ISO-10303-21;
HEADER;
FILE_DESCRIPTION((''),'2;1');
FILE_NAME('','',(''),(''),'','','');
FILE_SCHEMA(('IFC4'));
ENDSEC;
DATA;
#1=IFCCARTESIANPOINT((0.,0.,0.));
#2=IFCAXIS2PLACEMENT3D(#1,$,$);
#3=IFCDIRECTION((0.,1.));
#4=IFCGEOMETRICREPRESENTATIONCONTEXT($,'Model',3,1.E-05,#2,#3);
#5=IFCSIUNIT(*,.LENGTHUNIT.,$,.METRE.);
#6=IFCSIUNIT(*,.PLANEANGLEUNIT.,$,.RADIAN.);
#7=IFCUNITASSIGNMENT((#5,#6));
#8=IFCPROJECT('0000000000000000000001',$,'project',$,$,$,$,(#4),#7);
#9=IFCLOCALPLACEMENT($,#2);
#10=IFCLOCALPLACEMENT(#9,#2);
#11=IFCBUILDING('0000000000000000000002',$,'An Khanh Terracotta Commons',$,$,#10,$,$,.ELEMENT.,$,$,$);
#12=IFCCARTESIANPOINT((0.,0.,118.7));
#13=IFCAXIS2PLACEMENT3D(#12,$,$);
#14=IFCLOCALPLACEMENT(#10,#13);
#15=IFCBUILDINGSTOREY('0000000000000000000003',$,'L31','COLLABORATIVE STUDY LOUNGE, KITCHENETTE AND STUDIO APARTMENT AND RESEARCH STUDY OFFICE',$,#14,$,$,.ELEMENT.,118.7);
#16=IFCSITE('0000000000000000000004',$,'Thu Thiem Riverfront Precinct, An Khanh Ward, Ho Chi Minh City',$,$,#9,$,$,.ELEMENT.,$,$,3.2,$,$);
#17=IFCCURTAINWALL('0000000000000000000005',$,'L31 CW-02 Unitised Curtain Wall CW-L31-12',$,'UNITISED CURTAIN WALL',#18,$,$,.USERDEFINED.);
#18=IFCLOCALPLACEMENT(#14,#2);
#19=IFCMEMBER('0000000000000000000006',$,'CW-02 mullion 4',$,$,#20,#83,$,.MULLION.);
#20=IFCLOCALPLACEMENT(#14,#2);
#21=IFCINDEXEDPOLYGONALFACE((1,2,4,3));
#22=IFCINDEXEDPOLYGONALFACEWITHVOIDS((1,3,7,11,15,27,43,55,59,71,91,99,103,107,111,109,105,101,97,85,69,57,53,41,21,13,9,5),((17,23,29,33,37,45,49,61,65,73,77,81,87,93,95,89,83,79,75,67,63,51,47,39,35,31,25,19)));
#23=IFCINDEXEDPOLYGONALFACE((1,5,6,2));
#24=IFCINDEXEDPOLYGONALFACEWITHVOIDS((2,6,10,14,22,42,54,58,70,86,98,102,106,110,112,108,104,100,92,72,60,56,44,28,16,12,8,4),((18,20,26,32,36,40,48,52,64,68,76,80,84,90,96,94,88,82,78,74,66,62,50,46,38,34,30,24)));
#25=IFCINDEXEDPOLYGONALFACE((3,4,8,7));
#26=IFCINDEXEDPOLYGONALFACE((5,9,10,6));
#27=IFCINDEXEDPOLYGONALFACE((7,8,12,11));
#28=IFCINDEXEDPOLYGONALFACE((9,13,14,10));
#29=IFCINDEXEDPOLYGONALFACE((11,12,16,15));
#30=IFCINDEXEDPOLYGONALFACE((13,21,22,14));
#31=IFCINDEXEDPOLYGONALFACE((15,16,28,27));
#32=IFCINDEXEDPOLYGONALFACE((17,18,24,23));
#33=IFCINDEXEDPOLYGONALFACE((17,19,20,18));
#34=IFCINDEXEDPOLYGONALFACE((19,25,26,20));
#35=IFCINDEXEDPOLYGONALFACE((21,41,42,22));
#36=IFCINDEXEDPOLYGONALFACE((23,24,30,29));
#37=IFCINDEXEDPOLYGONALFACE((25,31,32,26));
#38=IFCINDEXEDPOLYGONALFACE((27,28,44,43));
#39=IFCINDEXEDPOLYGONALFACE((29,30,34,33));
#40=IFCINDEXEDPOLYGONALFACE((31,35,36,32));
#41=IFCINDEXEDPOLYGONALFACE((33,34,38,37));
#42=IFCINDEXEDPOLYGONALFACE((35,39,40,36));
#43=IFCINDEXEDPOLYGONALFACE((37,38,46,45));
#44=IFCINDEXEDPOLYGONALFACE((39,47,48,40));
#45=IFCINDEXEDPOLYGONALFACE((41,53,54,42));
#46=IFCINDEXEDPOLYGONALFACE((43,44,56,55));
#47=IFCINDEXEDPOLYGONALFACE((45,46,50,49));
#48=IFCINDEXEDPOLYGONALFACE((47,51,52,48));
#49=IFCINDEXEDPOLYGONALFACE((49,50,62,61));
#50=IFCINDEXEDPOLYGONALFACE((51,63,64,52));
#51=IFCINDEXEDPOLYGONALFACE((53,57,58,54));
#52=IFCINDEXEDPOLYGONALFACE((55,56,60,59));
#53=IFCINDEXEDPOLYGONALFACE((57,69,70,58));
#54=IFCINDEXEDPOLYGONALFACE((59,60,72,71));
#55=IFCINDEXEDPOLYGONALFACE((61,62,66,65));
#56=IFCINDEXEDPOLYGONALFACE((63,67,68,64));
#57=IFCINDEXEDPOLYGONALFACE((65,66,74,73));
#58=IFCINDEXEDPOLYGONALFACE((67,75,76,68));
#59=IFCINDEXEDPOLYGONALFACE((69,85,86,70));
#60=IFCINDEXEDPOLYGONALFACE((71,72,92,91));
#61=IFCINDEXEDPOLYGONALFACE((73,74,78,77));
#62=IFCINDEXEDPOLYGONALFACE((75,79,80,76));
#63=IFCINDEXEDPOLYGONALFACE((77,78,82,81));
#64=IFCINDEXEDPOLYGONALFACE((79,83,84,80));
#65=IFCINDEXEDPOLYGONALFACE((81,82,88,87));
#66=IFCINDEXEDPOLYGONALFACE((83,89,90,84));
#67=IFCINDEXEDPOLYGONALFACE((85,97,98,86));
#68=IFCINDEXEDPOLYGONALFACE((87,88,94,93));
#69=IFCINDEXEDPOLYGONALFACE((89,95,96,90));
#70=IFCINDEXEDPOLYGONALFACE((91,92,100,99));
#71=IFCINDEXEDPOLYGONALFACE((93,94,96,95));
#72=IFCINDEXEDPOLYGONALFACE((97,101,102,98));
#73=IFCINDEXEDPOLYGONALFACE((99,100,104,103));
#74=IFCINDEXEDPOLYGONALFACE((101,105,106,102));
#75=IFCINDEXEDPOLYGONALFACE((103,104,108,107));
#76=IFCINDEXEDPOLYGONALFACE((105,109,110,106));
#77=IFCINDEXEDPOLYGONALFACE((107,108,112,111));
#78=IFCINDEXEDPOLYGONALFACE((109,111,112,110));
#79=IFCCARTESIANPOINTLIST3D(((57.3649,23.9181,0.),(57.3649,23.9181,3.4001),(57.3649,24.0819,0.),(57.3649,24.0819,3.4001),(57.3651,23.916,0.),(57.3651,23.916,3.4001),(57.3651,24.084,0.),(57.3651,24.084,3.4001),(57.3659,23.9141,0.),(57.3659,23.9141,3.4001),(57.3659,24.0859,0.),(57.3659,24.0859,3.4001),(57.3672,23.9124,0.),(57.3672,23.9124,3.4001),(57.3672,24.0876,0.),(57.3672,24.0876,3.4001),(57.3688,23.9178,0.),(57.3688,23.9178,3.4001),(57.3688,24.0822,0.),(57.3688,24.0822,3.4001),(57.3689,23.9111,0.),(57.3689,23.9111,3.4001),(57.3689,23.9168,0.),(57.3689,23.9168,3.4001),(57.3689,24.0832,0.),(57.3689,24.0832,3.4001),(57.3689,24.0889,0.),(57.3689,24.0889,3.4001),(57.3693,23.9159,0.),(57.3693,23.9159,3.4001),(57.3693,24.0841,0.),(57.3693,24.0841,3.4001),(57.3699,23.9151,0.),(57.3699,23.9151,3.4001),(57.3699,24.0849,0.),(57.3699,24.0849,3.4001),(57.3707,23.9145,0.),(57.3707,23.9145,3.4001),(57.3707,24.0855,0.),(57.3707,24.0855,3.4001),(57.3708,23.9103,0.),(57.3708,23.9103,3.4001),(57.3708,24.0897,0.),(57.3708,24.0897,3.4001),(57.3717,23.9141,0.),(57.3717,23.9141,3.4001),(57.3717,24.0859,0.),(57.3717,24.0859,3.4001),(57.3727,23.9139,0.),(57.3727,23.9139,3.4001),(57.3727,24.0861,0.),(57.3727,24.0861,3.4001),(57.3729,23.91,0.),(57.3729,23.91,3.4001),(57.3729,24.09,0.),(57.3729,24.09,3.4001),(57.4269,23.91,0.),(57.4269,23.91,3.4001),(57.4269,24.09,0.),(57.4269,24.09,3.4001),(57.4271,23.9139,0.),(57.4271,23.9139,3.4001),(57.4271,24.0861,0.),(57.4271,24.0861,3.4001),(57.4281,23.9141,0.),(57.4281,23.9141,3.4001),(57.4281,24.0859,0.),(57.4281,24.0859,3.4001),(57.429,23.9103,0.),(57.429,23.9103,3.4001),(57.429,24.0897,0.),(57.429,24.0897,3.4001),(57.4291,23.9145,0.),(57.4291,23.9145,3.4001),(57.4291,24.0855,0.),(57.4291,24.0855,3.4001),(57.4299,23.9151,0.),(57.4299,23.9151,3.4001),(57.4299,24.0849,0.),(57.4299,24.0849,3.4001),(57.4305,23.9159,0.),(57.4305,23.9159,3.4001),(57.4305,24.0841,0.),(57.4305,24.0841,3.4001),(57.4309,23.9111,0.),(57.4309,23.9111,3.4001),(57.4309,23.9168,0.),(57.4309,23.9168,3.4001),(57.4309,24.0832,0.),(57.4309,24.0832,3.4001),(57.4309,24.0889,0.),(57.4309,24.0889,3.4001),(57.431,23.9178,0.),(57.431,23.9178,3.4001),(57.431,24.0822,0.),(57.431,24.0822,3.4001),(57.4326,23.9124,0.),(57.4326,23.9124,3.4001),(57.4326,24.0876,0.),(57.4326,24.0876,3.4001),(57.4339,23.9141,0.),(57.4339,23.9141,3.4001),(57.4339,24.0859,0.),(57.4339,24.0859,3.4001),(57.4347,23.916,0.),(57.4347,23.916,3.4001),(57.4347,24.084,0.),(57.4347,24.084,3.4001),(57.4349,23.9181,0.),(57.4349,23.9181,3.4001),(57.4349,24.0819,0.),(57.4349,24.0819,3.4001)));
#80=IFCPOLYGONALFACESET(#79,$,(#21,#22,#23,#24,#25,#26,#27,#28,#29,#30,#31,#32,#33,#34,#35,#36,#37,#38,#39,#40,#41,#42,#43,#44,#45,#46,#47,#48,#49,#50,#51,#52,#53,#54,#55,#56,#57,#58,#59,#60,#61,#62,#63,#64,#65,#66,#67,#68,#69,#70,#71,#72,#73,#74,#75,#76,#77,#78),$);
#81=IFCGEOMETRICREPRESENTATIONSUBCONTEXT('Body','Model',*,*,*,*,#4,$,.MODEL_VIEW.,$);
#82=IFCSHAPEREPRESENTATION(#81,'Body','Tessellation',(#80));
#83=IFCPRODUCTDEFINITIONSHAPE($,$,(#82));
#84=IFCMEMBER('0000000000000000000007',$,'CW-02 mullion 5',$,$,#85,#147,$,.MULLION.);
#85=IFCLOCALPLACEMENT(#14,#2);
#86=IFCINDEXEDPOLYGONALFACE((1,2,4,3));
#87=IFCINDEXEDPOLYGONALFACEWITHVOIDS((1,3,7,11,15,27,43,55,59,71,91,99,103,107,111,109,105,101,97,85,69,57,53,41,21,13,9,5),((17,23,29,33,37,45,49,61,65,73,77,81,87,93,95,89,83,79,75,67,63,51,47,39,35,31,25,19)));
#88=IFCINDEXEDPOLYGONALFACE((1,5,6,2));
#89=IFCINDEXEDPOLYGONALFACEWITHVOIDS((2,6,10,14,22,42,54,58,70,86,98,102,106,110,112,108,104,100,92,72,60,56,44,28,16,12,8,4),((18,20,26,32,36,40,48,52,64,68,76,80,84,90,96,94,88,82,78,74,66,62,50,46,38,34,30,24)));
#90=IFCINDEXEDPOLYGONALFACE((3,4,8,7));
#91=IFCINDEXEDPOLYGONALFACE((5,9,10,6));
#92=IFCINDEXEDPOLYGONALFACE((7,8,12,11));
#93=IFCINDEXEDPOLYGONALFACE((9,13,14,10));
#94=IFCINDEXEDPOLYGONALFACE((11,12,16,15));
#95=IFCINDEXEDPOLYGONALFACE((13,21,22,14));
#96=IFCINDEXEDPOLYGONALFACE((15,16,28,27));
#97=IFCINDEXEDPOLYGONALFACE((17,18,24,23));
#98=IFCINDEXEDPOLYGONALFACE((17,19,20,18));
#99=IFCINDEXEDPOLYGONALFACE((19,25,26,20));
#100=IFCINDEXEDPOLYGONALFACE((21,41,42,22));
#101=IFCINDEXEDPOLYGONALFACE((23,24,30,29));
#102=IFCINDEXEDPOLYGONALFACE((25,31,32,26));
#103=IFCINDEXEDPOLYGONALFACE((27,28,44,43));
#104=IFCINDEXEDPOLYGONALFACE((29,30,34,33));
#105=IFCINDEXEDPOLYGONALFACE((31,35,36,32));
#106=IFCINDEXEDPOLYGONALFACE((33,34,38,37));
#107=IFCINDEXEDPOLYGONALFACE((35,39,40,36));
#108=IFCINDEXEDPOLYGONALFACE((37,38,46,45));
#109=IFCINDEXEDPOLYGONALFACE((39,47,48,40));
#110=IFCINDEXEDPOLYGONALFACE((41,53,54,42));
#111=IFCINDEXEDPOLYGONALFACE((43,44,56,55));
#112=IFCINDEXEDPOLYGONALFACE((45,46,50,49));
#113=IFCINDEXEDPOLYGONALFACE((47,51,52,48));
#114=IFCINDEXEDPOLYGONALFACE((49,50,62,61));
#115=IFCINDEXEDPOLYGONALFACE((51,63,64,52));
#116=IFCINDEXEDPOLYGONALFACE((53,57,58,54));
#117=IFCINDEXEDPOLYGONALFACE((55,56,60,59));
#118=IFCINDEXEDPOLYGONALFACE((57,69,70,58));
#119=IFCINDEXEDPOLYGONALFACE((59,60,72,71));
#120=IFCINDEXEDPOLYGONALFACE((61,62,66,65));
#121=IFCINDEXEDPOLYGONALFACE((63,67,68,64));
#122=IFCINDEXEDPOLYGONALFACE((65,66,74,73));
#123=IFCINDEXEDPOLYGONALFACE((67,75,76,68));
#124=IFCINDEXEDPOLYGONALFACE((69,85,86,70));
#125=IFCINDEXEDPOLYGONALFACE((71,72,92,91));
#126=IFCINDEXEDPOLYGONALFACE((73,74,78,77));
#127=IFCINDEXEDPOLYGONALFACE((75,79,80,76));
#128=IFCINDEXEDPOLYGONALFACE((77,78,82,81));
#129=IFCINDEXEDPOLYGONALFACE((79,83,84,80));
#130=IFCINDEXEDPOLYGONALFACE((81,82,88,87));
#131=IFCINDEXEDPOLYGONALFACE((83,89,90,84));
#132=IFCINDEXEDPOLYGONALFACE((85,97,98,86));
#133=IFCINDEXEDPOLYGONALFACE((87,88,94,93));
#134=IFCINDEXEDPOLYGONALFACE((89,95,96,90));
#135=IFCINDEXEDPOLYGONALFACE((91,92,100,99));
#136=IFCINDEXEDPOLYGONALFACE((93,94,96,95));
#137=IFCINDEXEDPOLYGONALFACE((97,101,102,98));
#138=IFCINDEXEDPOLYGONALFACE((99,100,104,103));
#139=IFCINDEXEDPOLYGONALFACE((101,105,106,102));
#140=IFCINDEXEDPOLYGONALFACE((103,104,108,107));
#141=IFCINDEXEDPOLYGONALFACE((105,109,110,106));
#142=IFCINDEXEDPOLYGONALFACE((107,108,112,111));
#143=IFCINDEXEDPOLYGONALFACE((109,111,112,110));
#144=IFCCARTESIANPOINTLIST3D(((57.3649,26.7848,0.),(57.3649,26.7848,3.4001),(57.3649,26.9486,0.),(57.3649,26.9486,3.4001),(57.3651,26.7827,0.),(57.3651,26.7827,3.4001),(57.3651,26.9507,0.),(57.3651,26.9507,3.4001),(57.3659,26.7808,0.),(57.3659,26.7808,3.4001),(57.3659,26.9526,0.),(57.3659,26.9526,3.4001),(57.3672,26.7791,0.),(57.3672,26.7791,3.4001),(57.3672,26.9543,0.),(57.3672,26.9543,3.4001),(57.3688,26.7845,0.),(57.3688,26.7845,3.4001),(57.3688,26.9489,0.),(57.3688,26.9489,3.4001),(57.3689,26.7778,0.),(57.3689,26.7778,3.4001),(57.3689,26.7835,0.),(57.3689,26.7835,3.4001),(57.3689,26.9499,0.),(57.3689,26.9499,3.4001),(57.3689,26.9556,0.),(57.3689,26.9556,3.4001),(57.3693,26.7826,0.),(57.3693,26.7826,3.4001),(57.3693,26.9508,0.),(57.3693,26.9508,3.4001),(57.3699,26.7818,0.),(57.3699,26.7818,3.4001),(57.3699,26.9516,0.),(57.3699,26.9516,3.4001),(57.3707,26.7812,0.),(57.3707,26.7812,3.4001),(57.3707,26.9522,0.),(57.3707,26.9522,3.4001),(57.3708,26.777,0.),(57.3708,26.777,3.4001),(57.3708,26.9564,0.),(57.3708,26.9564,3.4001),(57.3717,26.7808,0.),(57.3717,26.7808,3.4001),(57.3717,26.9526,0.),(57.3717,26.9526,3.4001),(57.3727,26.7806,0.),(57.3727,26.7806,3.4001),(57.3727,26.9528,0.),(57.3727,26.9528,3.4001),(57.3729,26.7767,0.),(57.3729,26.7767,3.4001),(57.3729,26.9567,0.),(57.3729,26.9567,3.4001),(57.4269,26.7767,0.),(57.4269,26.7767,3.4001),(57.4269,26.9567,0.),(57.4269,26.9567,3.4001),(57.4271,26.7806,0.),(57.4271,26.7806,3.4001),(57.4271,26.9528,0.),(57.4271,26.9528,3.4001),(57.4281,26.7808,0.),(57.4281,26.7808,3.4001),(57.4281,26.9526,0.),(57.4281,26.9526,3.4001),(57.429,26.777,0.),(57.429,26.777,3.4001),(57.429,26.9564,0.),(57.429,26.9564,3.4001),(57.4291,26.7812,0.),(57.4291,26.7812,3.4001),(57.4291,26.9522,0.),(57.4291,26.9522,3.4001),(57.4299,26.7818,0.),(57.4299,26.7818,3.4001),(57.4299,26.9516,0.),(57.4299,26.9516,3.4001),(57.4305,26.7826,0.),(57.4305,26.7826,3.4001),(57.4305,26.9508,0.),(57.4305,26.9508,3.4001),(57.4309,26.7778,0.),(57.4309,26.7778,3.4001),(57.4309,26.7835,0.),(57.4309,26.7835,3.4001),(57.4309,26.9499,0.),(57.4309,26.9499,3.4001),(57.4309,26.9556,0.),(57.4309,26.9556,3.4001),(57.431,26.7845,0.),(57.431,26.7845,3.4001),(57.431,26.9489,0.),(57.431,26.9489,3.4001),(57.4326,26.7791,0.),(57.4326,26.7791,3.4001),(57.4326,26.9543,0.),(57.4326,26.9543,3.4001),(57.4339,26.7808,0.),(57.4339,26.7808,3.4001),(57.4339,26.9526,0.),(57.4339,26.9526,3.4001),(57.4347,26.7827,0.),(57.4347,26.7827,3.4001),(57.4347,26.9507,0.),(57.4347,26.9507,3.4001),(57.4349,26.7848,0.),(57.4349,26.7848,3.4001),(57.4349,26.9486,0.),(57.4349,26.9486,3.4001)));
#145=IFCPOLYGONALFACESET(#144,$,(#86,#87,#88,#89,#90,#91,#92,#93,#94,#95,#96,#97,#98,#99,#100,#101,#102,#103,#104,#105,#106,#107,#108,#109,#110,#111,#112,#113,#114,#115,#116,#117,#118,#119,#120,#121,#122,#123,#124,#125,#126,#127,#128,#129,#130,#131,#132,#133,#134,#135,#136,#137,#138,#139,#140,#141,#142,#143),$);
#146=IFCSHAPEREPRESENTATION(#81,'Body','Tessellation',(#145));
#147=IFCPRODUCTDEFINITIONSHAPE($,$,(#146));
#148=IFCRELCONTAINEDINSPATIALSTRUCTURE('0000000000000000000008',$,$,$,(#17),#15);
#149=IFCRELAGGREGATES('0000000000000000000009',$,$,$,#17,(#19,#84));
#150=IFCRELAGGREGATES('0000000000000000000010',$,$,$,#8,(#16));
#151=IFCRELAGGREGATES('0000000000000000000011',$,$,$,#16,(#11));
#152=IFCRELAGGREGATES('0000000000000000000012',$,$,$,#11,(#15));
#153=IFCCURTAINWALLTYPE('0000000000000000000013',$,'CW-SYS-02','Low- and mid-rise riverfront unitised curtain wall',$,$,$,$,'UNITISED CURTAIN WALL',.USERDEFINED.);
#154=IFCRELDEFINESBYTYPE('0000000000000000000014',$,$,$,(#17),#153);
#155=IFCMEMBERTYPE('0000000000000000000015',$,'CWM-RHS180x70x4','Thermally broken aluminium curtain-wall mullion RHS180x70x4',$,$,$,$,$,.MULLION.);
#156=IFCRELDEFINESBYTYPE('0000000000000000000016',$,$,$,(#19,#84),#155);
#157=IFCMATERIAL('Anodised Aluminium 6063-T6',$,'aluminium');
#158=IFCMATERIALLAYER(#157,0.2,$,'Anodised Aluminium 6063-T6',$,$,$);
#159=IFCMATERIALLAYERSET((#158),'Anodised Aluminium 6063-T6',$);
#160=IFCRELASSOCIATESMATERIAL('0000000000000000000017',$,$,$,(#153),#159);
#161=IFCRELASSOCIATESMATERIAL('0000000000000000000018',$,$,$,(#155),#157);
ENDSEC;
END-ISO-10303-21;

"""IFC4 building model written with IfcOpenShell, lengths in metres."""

from ifc_helpers import new_model, si_unit, direction, frame, origin, origin_2d, place, context, subcontext, project, spatial, hollow_rectangle, extrude, material, layer, layer_set, material_profile, profile_set, type_object, element, aggregate, save


model = new_model("IFC4")

# Units and contexts
model_context = context("Model", 3, precision=1e-05, world=origin(), true_north=direction((0.0, 1.0)))
body_context = subcontext(model_context, "Body", "Model", "MODEL_VIEW")
ifc_project = project(units=[si_unit("LENGTHUNIT", "METRE"), si_unit("PLANEANGLEUNIT", "RADIAN")], contexts=[model_context])

# Site, building, storey
site_placement = place(None, origin())
site = spatial("IfcSite", under=ifc_project, at=site_placement, Name="Thu Thiem Riverfront Precinct, An Khanh Ward, Ho Chi Minh City", CompositionType="ELEMENT", RefElevation=3.2)
building_placement = place(site_placement, origin())
building = spatial("IfcBuilding", under=site, at=building_placement, Name="An Khanh Terracotta Commons", CompositionType="ELEMENT")
storey_placement = place(building_placement, frame((0.0, 0.0, 118.7)))
storey = spatial("IfcBuildingStorey", under=building, at=storey_placement, Name="L31", Description="COLLABORATIVE STUDY LOUNGE, KITCHENETTE AND STUDIO APARTMENT AND RESEARCH STUDY OFFICE", CompositionType="ELEMENT", Elevation=118.7)

# Curtain wall, members
ifc_material_1 = material(Name="Anodised Aluminium 6063-T6", Category="aluminium")
ifc_layer_1 = layer(ifc_material_1, 0.2, Name="Anodised Aluminium 6063-T6")
ifc_layer_set_1 = layer_set([ifc_layer_1], Name="Anodised Aluminium 6063-T6")
curtain_wall_type = type_object("IfcCurtainWallType", Name="CW-SYS-02", Description="Low- and mid-rise riverfront unitised curtain wall", ElementType="UNITISED CURTAIN WALL", PredefinedType="USERDEFINED", material=ifc_layer_set_1)
curtain_wall_1_placement = place(storey_placement, origin())
curtain_wall_1 = element("IfcCurtainWall", 1, at=curtain_wall_1_placement, inside=storey, type_object=curtain_wall_type, Name="L31 CW-02 Unitised Curtain Wall CW-L31-12", ObjectType="UNITISED CURTAIN WALL", PredefinedType="USERDEFINED")
ifc_material_profile_1 = material_profile(ifc_material_1, hollow_rectangle(XDim=0.0701, YDim=0.1799, WallThickness=0.0039, InnerFilletRadius=0.0039, OuterFilletRadius=0.0081, at=origin_2d()), Name="RHS180x70x4")
ifc_profile_set_1 = profile_set([ifc_material_profile_1], Name="Anodised Aluminium 6063-T6")
member_type_1 = type_object("IfcMemberType", Name="CWM-RHS180x70x4", Description="Thermally broken aluminium curtain-wall mullion RHS180x70x4", PredefinedType="MULLION", material=ifc_profile_set_1)
member_1_placement = place(storey_placement, frame((57.3999, 24.0, 0.0), z_axis=(0.0, 0.0, 1.0), x_axis=(-1.0, 0.0, 0.0)))
member_1 = element("IfcMember", 2, at=member_1_placement, type_object=member_type_1, Name="CW-02 mullion 4", PredefinedType="MULLION", context=body_context, shape_type="SweptSolid", body=[
    extrude(hollow_rectangle(XDim=0.0701, YDim=0.1799, WallThickness=0.0039, InnerFilletRadius=0.0039, OuterFilletRadius=0.0081, at=origin_2d()), origin(), (0.0, 0.0, 1.0), 3.4001),
])
member_2_placement = place(storey_placement, frame((57.3999, 26.8667, 0.0), z_axis=(0.0, 0.0, 1.0), x_axis=(-1.0, 0.0, 0.0)))
member_2 = element("IfcMember", 3, at=member_2_placement, type_object=member_type_1, Name="CW-02 mullion 5", PredefinedType="MULLION", context=body_context, shape_type="SweptSolid", body=[
    extrude(hollow_rectangle(XDim=0.0701, YDim=0.1799, WallThickness=0.0039, InnerFilletRadius=0.0039, OuterFilletRadius=0.0081, at=origin_2d()), origin(), (0.0, 0.0, 1.0), 3.4001),
])

aggregate(curtain_wall_1, [member_1, member_2])

save(model, "model.ifc")
